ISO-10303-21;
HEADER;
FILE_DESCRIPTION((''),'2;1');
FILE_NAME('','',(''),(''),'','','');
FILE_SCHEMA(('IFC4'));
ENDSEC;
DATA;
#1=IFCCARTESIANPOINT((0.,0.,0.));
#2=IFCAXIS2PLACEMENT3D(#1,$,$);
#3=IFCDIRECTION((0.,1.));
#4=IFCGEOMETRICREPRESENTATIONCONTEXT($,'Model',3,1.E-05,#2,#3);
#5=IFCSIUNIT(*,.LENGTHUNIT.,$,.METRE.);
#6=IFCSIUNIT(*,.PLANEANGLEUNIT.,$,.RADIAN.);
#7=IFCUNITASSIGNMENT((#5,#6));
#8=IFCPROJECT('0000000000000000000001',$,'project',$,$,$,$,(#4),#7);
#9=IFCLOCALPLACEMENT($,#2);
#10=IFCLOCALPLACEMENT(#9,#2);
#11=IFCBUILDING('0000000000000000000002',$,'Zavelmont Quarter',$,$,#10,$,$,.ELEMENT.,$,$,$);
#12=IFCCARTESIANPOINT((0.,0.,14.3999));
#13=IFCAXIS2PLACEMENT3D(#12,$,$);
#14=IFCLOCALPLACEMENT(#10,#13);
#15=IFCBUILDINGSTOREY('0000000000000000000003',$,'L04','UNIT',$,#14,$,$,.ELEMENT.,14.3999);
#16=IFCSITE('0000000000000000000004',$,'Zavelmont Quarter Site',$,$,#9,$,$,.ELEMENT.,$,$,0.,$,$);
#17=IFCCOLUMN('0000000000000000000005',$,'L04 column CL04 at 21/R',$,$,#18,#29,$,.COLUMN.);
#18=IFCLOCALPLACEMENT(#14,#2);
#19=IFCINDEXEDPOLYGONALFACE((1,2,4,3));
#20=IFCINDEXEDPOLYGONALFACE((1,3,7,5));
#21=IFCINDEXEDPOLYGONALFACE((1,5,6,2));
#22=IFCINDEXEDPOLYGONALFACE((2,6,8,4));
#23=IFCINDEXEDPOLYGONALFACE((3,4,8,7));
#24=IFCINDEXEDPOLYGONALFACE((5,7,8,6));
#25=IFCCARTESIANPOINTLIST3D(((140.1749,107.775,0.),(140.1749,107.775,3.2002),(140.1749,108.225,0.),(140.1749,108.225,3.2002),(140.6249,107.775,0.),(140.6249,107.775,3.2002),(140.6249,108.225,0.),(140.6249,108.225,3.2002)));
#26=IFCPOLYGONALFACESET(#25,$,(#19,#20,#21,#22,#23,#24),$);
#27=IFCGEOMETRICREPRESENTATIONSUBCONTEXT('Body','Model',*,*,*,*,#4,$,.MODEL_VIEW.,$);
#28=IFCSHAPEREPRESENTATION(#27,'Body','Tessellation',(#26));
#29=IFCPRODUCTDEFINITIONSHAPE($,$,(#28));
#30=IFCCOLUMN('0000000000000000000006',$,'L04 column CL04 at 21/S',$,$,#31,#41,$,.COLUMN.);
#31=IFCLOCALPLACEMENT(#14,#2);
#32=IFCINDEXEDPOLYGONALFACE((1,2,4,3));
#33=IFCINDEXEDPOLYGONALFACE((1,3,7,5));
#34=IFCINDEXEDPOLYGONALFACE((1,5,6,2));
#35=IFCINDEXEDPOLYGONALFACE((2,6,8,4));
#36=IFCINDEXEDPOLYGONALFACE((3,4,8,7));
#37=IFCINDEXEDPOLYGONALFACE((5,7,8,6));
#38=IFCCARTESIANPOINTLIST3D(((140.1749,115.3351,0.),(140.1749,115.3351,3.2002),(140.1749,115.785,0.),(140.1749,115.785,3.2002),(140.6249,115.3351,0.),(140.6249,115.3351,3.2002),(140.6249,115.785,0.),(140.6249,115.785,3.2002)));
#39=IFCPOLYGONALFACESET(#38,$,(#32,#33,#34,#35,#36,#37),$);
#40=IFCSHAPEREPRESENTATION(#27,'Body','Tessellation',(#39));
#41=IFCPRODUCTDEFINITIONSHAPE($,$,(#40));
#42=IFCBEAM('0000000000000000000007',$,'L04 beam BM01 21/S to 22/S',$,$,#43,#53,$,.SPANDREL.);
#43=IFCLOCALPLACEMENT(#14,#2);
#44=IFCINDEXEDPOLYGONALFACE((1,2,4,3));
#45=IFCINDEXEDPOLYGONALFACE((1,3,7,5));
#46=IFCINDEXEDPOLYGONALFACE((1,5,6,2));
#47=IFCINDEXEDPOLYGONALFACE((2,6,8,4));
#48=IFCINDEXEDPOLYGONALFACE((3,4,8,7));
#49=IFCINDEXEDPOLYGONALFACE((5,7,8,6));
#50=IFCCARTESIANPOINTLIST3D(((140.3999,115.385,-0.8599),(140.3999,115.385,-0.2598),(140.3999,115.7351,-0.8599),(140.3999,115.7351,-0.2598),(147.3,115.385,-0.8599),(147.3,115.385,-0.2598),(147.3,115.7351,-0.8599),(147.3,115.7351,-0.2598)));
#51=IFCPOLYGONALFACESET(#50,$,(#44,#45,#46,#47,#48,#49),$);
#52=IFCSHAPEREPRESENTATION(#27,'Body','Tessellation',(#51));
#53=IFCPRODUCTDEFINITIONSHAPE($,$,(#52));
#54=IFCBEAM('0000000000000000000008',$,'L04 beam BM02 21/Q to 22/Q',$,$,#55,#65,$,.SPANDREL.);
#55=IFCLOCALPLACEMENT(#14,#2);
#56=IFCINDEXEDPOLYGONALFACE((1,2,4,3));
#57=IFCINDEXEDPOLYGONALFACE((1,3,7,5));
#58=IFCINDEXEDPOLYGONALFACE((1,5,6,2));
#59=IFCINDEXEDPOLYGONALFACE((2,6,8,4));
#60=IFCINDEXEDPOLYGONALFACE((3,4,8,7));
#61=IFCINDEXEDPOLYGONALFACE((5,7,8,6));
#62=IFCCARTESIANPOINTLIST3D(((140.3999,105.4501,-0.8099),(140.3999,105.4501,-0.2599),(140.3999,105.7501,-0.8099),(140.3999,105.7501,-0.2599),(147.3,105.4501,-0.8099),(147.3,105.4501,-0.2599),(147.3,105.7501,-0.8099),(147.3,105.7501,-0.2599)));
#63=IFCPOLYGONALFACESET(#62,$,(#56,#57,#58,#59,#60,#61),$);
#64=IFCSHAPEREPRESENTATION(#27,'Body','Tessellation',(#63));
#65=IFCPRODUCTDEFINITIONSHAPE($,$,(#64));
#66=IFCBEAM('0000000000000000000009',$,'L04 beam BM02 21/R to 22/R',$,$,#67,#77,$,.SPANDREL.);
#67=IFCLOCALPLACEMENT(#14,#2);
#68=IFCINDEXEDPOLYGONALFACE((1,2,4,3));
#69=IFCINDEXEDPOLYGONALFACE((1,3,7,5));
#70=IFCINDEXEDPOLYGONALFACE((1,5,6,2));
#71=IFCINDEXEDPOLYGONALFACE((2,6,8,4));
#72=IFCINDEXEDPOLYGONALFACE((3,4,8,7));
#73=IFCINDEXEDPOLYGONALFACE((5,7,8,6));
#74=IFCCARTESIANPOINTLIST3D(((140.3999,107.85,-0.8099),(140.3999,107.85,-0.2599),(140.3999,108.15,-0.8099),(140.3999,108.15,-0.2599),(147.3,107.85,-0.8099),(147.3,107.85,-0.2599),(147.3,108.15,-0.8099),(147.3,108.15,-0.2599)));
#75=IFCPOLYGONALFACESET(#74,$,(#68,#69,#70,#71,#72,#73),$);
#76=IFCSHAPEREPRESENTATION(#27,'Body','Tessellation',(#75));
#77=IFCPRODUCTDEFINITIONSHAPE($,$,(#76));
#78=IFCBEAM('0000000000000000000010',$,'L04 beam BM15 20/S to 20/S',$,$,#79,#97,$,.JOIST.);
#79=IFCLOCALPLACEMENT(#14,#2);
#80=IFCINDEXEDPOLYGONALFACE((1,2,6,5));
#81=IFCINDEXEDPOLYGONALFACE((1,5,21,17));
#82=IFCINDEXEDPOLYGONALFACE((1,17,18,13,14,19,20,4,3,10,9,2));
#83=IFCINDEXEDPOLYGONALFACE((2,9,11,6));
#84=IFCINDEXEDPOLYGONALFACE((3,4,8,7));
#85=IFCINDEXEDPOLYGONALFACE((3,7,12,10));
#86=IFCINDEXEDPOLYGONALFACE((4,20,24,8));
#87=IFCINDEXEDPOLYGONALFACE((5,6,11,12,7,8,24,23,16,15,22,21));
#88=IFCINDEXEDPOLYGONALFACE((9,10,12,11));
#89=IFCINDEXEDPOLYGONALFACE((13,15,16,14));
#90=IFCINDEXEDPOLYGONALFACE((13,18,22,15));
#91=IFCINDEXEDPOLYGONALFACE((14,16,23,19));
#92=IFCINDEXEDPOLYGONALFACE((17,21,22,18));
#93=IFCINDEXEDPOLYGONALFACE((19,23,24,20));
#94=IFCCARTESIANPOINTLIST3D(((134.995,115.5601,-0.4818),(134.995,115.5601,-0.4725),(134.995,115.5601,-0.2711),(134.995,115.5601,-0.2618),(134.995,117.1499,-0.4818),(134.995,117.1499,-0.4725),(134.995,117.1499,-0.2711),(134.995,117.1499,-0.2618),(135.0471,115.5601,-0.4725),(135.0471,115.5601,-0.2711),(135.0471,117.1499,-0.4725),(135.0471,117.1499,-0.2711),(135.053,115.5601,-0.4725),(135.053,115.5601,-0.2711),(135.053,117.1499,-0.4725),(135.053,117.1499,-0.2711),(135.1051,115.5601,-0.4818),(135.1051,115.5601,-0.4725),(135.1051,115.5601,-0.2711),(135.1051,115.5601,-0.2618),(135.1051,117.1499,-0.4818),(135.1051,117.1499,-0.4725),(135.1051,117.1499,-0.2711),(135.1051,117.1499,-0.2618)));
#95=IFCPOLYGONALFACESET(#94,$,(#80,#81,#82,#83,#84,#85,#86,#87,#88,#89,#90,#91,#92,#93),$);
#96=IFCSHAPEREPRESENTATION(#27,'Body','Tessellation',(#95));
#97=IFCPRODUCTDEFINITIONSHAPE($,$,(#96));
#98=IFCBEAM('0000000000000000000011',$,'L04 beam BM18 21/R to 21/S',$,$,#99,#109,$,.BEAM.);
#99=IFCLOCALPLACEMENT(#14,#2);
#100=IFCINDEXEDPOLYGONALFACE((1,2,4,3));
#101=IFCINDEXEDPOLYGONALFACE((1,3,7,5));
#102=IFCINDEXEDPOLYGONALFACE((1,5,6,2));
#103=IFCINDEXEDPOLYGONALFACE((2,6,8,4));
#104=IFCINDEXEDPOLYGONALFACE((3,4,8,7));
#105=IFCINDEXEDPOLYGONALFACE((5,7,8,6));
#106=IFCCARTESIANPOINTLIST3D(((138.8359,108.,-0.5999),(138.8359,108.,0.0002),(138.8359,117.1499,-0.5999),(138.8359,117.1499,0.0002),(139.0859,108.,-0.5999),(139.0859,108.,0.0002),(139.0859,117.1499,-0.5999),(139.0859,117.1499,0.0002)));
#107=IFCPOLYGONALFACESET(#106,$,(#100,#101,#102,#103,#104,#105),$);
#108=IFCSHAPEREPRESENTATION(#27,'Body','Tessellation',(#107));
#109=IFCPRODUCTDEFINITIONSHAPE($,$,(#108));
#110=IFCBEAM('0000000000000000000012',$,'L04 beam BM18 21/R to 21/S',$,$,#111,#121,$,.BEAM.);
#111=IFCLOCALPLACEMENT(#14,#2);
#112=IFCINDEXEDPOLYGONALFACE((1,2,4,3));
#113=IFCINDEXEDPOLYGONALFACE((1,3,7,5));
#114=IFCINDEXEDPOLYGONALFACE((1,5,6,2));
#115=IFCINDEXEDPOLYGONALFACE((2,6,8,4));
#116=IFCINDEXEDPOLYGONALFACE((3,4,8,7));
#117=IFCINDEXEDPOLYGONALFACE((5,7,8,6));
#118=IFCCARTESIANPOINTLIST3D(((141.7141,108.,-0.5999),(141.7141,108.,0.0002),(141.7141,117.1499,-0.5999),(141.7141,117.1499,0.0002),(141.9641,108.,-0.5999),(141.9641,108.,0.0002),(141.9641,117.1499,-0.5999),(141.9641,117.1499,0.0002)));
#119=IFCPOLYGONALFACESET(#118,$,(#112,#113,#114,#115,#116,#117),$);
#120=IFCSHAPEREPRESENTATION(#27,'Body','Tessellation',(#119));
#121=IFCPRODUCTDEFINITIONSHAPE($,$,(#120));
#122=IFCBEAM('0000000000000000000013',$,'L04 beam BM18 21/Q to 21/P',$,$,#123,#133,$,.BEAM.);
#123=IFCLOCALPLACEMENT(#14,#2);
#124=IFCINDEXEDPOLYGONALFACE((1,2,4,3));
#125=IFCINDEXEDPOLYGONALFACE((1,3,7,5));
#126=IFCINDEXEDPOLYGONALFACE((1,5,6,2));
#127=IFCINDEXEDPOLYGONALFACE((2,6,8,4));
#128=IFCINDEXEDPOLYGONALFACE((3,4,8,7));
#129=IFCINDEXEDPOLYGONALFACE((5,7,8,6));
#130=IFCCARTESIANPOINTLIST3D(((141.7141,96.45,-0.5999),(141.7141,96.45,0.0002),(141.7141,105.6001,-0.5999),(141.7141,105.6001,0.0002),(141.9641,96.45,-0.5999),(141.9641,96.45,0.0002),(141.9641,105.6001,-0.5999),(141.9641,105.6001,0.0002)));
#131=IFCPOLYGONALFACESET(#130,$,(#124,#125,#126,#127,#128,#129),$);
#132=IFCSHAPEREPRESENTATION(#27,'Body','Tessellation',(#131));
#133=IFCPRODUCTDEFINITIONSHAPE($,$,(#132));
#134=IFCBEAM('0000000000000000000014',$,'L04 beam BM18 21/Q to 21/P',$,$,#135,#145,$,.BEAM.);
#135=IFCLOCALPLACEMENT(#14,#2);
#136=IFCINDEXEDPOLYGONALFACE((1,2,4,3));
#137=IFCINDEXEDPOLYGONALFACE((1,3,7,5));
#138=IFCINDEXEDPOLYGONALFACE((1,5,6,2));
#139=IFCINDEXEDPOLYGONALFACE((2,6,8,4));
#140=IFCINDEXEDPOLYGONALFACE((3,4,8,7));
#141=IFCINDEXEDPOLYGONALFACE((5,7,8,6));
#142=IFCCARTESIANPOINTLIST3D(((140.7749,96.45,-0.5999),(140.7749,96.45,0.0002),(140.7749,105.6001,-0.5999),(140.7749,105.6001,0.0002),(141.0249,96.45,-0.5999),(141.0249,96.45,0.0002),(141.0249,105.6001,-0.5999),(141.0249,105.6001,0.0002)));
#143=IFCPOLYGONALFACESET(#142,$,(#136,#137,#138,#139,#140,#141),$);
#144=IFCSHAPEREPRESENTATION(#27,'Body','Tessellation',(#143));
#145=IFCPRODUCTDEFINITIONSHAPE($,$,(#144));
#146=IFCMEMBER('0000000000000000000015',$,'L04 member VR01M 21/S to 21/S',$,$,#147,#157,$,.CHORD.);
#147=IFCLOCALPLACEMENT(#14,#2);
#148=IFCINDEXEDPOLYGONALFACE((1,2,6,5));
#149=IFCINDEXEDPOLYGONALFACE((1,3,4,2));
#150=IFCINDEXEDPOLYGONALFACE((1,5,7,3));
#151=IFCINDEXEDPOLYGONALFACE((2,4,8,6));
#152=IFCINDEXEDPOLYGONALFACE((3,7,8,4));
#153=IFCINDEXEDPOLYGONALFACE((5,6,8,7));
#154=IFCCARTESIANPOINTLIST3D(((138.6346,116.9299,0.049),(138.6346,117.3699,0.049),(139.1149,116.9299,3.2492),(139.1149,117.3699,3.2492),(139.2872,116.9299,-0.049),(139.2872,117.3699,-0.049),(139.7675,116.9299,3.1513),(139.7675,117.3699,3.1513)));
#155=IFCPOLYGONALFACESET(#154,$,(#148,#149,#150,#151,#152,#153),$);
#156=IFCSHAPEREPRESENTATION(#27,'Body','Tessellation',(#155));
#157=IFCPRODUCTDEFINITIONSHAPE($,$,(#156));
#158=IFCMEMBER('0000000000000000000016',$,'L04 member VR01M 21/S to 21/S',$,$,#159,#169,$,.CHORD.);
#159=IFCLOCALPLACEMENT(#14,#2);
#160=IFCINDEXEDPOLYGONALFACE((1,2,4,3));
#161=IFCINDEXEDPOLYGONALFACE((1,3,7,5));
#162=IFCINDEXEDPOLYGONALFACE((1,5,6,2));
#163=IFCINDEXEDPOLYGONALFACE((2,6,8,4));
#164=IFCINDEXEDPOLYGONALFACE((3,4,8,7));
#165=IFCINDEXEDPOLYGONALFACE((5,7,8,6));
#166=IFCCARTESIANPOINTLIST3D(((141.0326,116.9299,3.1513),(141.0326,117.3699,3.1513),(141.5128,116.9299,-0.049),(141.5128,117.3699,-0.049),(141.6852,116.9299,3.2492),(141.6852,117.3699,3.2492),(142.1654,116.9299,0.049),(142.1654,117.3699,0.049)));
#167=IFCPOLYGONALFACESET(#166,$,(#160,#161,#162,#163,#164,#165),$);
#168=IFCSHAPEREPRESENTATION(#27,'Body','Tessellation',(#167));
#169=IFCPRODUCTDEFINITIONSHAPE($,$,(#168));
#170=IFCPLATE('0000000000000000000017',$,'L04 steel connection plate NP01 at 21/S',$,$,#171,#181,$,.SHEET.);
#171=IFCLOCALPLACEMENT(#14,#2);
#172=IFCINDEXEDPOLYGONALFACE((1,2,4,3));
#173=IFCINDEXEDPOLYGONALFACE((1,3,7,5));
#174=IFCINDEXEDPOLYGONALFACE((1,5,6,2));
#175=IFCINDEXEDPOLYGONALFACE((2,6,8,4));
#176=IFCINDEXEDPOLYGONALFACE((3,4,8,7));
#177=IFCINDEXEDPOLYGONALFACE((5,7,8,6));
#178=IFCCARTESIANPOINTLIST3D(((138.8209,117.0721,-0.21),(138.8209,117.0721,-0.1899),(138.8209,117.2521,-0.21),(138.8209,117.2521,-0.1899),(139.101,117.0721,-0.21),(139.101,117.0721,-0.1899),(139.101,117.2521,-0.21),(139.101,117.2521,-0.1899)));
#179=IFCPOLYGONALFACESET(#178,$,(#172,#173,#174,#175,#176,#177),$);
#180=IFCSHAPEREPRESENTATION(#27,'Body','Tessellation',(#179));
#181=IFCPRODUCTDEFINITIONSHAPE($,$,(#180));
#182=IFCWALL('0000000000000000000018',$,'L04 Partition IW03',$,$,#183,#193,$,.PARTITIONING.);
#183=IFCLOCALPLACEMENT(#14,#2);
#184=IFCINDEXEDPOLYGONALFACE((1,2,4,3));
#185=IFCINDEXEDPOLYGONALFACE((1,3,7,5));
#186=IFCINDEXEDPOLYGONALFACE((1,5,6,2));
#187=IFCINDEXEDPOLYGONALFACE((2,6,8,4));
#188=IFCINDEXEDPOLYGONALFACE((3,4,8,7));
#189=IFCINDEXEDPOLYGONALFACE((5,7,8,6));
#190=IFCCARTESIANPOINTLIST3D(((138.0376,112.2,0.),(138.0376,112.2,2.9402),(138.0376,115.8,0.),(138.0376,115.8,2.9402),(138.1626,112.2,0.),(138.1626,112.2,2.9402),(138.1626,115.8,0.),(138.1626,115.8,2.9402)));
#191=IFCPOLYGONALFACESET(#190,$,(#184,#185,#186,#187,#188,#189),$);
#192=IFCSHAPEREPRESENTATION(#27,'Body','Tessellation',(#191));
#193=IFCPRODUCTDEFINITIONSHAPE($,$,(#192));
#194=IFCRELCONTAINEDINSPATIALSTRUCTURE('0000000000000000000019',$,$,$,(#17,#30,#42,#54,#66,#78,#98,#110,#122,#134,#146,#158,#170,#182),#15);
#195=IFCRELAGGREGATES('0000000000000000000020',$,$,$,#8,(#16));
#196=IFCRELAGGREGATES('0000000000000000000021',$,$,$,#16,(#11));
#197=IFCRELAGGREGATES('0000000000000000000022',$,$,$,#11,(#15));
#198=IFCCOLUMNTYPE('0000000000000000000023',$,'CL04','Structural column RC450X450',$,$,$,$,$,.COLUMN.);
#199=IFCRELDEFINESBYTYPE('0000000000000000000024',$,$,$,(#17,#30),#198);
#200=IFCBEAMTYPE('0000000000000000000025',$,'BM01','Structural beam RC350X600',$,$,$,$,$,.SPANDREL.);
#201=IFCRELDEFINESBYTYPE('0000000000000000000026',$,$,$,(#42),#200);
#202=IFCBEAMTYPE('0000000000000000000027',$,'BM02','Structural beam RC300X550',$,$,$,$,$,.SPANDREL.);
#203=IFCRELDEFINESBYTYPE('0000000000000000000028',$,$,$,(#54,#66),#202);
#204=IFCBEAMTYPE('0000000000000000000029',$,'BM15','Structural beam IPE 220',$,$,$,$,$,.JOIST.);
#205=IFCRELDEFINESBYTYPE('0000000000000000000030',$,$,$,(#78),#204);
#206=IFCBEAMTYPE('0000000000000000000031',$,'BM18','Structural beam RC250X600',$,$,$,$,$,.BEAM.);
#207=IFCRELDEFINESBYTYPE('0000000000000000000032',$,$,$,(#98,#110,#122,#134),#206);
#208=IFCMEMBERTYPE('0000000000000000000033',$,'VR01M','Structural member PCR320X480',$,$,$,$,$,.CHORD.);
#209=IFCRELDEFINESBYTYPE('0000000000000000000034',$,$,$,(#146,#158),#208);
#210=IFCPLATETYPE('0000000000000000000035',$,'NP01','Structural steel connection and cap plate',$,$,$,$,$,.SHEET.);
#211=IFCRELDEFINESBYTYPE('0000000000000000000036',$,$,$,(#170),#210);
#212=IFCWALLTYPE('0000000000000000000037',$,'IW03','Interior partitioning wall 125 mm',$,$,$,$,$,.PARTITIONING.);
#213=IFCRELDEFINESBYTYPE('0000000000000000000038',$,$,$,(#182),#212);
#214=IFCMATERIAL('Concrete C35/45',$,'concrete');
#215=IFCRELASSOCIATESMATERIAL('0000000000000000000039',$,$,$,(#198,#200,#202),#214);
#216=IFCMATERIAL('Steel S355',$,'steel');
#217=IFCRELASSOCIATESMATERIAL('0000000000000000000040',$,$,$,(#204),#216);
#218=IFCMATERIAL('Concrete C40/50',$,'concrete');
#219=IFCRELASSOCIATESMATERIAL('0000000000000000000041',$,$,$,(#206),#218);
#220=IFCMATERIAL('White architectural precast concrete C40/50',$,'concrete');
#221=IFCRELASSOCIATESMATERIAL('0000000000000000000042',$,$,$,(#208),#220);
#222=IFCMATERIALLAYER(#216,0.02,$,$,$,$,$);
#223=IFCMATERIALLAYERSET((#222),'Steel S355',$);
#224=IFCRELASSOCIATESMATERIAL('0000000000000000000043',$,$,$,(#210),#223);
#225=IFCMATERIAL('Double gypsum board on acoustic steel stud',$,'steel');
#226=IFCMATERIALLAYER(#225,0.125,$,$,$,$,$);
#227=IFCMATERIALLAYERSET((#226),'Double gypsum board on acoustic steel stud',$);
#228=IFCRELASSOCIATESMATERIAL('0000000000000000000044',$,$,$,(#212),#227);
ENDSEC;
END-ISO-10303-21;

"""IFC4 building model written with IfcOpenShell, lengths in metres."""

from ifc_helpers import new_model, si_unit, direction, frame, frame_2d, origin, origin_2d, place, context, subcontext, project, spatial, rectangle, i_section, extrude, material, layer, layer_set, material_profile, profile_set, type_object, element, save


model = new_model("IFC4")

# Units and contexts
model_context = context("Model", 3, precision=1e-05, world=origin(), true_north=direction((0.0, 1.0)))
body_context = subcontext(model_context, "Body", "Model", "MODEL_VIEW")
ifc_project = project(units=[si_unit("LENGTHUNIT", "METRE"), si_unit("PLANEANGLEUNIT", "RADIAN")], contexts=[model_context])

# Site, building, storey
site_placement = place(None, origin())
site = spatial("IfcSite", under=ifc_project, at=site_placement, Name="Zavelmont Quarter Site", CompositionType="ELEMENT", RefElevation=0.0)
building_placement = place(site_placement, origin())
building = spatial("IfcBuilding", under=site, at=building_placement, Name="Zavelmont Quarter", CompositionType="ELEMENT")
storey_placement = place(building_placement, frame((0.0, 0.0, 14.3999)))
storey = spatial("IfcBuildingStorey", under=building, at=storey_placement, Name="L04", Description="UNIT", CompositionType="ELEMENT", Elevation=14.3999)

# Columns
ifc_material_1 = material(Name="Concrete C35/45", Category="concrete")
ifc_material_profile_1 = material_profile(ifc_material_1, rectangle(XDim=0.45, YDim=0.45, at=origin_2d()), Name="RC450X450")
ifc_profile_set_1 = profile_set([ifc_material_profile_1], Name="Concrete C35/45")
column_type = type_object("IfcColumnType", Name="CL04", Description="Structural column RC450X450", PredefinedType="COLUMN", material=ifc_profile_set_1)
for number, where, z_axis, x_axis, name in (
    (1, (140.3999, 108.0, 0.0), (0.0, 0.0, 1.0), (1.0, 0.0, 0.0), "L04 column CL04 at 21/R"),
    (2, (140.3999, 115.5601, 0.0), (0.0, 0.0, 1.0), (1.0, 0.0, 0.0), "L04 column CL04 at 21/S"),
):
    element("IfcColumn", number, at=place(storey_placement, frame(where, z_axis=z_axis, x_axis=x_axis)), inside=storey, type_object=column_type, Name=name, PredefinedType="COLUMN", context=body_context, shape_type="SweptSolid", body=[
        extrude(rectangle(XDim=0.45, YDim=0.45, at=origin_2d()), origin(), (0.0, 0.0, 1.0), 3.2002),
    ])

# Beams
ifc_material_profile_2 = material_profile(ifc_material_1, rectangle(XDim=0.3501, YDim=0.6001, at=origin_2d()), Name="RC350X600")
ifc_profile_set_2 = profile_set([ifc_material_profile_2], Name="Concrete C35/45")
beam_type_1 = type_object("IfcBeamType", Name="BM01", Description="Structural beam RC350X600", PredefinedType="SPANDREL", material=ifc_profile_set_2)
beam_1_placement = place(storey_placement, frame((140.3999, 115.5601, -0.5598), z_axis=(1.0, 0.0, 0.0), x_axis=(0.0, 1.0, 0.0)))
element("IfcBeam", 3, at=beam_1_placement, inside=storey, type_object=beam_type_1, Name="L04 beam BM01 21/S to 22/S", PredefinedType="SPANDREL", context=body_context, shape_type="SweptSolid", body=[
    extrude(rectangle(XDim=0.3501, YDim=0.6001, at=origin_2d()), origin(), (0.0, 0.0, 1.0), 6.9001),
])
ifc_material_profile_3 = material_profile(ifc_material_1, rectangle(XDim=0.3, YDim=0.55, at=origin_2d()), Name="RC300X550")
ifc_profile_set_3 = profile_set([ifc_material_profile_3], Name="Concrete C35/45")
beam_type_2 = type_object("IfcBeamType", Name="BM02", Description="Structural beam RC300X550", PredefinedType="SPANDREL", material=ifc_profile_set_3)
for number, where, z_axis, x_axis, name in (
    (4, (140.3999, 105.6001, -0.5349), (1.0, 0.0, 0.0), (0.0, 1.0, 0.0), "L04 beam BM02 21/Q to 22/Q"),
    (5, (140.3999, 108.0, -0.5349), (1.0, 0.0, 0.0), (0.0, 1.0, 0.0), "L04 beam BM02 21/R to 22/R"),
):
    element("IfcBeam", number, at=place(storey_placement, frame(where, z_axis=z_axis, x_axis=x_axis)), inside=storey, type_object=beam_type_2, Name=name, PredefinedType="SPANDREL", context=body_context, shape_type="SweptSolid", body=[
        extrude(rectangle(XDim=0.3, YDim=0.55, at=origin_2d()), origin(), (0.0, 0.0, 1.0), 6.9001),
    ])
ifc_material_2 = material(Name="Steel S355", Category="steel")
ifc_material_profile_4 = material_profile(ifc_material_2, i_section(OverallWidth=0.1101, OverallDepth=0.22, WebThickness=0.0059, FlangeThickness=0.0093, at=origin_2d()), Name="IPE 220")
ifc_profile_set_4 = profile_set([ifc_material_profile_4], Name="Steel S355")
beam_type_3 = type_object("IfcBeamType", Name="BM15", Description="Structural beam IPE 220", PredefinedType="JOIST", material=ifc_profile_set_4)
beam_2_placement = place(storey_placement, frame((135.05, 115.5601, -0.3718), z_axis=(0.0, 1.0, 0.0), x_axis=(-1.0, 0.0, 0.0)))
element("IfcBeam", 6, at=beam_2_placement, inside=storey, type_object=beam_type_3, Name="L04 beam BM15 20/S to 20/S", PredefinedType="JOIST", context=body_context, shape_type="SweptSolid", body=[
    extrude(i_section(OverallWidth=0.1101, OverallDepth=0.22, WebThickness=0.0059, FlangeThickness=0.0093, at=origin_2d()), origin(), (0.0, 0.0, 1.0), 1.5898),
])
ifc_material_3 = material(Name="Concrete C40/50", Category="concrete")
ifc_material_profile_5 = material_profile(ifc_material_3, rectangle(XDim=0.25, YDim=0.6001, at=origin_2d()), Name="RC250X600")
ifc_profile_set_5 = profile_set([ifc_material_profile_5], Name="Concrete C40/50")
beam_type_4 = type_object("IfcBeamType", Name="BM18", Description="Structural beam RC250X600", PredefinedType="BEAM", material=ifc_profile_set_5)
for number, where, z_axis, x_axis, name in (
    (7, (138.9609, 108.0, -0.2998), (0.0, 1.0, 0.0), (-1.0, 0.0, 0.0), "L04 beam BM18 21/R to 21/S"),
    (8, (141.8391, 108.0, -0.2998), (0.0, 1.0, 0.0), (-1.0, 0.0, 0.0), "L04 beam BM18 21/R to 21/S"),
):
    element("IfcBeam", number, at=place(storey_placement, frame(where, z_axis=z_axis, x_axis=x_axis)), inside=storey, type_object=beam_type_4, Name=name, PredefinedType="BEAM", context=body_context, shape_type="SweptSolid", body=[
        extrude(rectangle(XDim=0.25, YDim=0.6001, at=origin_2d()), origin(), (0.0, 0.0, 1.0), 9.1499),
    ])
for number, where, z_axis, x_axis, name in (
    (9, (141.8391, 105.6001, -0.2998), (0.0, -1.0, 0.0), (1.0, 0.0, 0.0), "L04 beam BM18 21/Q to 21/P"),
    (10, (140.8999, 105.6001, -0.2998), (0.0, -1.0, 0.0), (1.0, 0.0, 0.0), "L04 beam BM18 21/Q to 21/P"),
):
    element("IfcBeam", number, at=place(storey_placement, frame(where, z_axis=z_axis, x_axis=x_axis)), inside=storey, type_object=beam_type_4, Name=name, PredefinedType="BEAM", context=body_context, shape_type="SweptSolid", body=[
        extrude(rectangle(XDim=0.25, YDim=0.6001, at=origin_2d()), origin(), (0.0, 0.0, 1.0), 9.1501),
    ])

# Members
ifc_material_4 = material(Name="White architectural precast concrete C40/50", Category="concrete")
ifc_material_profile_6 = material_profile(ifc_material_4, rectangle(XDim=0.4399, YDim=0.6599, at=origin_2d()), Name="PCR320X480")
ifc_profile_set_6 = profile_set([ifc_material_profile_6], Name="White architectural precast concrete C40/50")
member_type = type_object("IfcMemberType", Name="VR01M", Description="Structural member PCR320X480", PredefinedType="CHORD", material=ifc_profile_set_6)
for number, where, z_axis, x_axis, name in (
    (11, (138.9609, 117.1499, 0.0), (0.148399, 0.0, 0.988927), (0.0, 1.0, 0.0), "L04 member VR01M 21/S to 21/S"),
    (12, (141.8391, 117.1499, 0.0), (-0.148399, 0.0, 0.988927), (0.0, -1.0, 0.0), "L04 member VR01M 21/S to 21/S"),
):
    element("IfcMember", number, at=place(storey_placement, frame(where, z_axis=z_axis, x_axis=x_axis)), inside=storey, type_object=member_type, Name=name, PredefinedType="CHORD", context=body_context, shape_type="SweptSolid", body=[
        extrude(rectangle(XDim=0.4399, YDim=0.6599, at=origin_2d()), origin(), (0.0, 0.0, 1.0), 3.2361),
    ])

# Plate
ifc_layer_1 = layer(ifc_material_2, 0.02)
ifc_layer_set_1 = layer_set([ifc_layer_1], Name="Steel S355")
plate_type = type_object("IfcPlateType", Name="NP01", Description="Structural steel connection and cap plate", PredefinedType="SHEET", material=ifc_layer_set_1)
plate_placement = place(storey_placement, frame((138.9609, 117.1621, -0.21), z_axis=(0.0, 0.0, 1.0), x_axis=(1.0, 0.0, 0.0)))
element("IfcPlate", 13, at=plate_placement, inside=storey, type_object=plate_type, Name="L04 steel connection plate NP01 at 21/S", PredefinedType="SHEET", context=body_context, shape_type="SweptSolid", body=[
    extrude(rectangle(XDim=0.28, YDim=0.1799, at=origin_2d()), origin(), (0.0, 0.0, 1.0), 0.02),
])

# Wall
ifc_material_5 = material(Name="Double gypsum board on acoustic steel stud", Category="steel")
ifc_layer_2 = layer(ifc_material_5, 0.125)
ifc_layer_set_2 = layer_set([ifc_layer_2], Name="Double gypsum board on acoustic steel stud")
wall_type_1 = type_object("IfcWallType", Name="IW03", Description="Interior partitioning wall 125 mm", PredefinedType="PARTITIONING", material=ifc_layer_set_2)
wall_1_placement = place(storey_placement, frame((138.1001, 112.2, 0.0), z_axis=(0.0, 0.0, 1.0), x_axis=(0.0, 1.0, 0.0)))
element("IfcWall", 14, at=wall_1_placement, inside=storey, type_object=wall_type_1, Name="L04 Partition IW03", PredefinedType="PARTITIONING", context=body_context, shape_type="SweptSolid", body=[
    extrude(rectangle(XDim=3.6001, YDim=0.125, at=frame_2d((1.8, 0.0))), origin(), (0.0, 0.0, 1.0), 2.9402),
])

save(model, "model.ifc")
